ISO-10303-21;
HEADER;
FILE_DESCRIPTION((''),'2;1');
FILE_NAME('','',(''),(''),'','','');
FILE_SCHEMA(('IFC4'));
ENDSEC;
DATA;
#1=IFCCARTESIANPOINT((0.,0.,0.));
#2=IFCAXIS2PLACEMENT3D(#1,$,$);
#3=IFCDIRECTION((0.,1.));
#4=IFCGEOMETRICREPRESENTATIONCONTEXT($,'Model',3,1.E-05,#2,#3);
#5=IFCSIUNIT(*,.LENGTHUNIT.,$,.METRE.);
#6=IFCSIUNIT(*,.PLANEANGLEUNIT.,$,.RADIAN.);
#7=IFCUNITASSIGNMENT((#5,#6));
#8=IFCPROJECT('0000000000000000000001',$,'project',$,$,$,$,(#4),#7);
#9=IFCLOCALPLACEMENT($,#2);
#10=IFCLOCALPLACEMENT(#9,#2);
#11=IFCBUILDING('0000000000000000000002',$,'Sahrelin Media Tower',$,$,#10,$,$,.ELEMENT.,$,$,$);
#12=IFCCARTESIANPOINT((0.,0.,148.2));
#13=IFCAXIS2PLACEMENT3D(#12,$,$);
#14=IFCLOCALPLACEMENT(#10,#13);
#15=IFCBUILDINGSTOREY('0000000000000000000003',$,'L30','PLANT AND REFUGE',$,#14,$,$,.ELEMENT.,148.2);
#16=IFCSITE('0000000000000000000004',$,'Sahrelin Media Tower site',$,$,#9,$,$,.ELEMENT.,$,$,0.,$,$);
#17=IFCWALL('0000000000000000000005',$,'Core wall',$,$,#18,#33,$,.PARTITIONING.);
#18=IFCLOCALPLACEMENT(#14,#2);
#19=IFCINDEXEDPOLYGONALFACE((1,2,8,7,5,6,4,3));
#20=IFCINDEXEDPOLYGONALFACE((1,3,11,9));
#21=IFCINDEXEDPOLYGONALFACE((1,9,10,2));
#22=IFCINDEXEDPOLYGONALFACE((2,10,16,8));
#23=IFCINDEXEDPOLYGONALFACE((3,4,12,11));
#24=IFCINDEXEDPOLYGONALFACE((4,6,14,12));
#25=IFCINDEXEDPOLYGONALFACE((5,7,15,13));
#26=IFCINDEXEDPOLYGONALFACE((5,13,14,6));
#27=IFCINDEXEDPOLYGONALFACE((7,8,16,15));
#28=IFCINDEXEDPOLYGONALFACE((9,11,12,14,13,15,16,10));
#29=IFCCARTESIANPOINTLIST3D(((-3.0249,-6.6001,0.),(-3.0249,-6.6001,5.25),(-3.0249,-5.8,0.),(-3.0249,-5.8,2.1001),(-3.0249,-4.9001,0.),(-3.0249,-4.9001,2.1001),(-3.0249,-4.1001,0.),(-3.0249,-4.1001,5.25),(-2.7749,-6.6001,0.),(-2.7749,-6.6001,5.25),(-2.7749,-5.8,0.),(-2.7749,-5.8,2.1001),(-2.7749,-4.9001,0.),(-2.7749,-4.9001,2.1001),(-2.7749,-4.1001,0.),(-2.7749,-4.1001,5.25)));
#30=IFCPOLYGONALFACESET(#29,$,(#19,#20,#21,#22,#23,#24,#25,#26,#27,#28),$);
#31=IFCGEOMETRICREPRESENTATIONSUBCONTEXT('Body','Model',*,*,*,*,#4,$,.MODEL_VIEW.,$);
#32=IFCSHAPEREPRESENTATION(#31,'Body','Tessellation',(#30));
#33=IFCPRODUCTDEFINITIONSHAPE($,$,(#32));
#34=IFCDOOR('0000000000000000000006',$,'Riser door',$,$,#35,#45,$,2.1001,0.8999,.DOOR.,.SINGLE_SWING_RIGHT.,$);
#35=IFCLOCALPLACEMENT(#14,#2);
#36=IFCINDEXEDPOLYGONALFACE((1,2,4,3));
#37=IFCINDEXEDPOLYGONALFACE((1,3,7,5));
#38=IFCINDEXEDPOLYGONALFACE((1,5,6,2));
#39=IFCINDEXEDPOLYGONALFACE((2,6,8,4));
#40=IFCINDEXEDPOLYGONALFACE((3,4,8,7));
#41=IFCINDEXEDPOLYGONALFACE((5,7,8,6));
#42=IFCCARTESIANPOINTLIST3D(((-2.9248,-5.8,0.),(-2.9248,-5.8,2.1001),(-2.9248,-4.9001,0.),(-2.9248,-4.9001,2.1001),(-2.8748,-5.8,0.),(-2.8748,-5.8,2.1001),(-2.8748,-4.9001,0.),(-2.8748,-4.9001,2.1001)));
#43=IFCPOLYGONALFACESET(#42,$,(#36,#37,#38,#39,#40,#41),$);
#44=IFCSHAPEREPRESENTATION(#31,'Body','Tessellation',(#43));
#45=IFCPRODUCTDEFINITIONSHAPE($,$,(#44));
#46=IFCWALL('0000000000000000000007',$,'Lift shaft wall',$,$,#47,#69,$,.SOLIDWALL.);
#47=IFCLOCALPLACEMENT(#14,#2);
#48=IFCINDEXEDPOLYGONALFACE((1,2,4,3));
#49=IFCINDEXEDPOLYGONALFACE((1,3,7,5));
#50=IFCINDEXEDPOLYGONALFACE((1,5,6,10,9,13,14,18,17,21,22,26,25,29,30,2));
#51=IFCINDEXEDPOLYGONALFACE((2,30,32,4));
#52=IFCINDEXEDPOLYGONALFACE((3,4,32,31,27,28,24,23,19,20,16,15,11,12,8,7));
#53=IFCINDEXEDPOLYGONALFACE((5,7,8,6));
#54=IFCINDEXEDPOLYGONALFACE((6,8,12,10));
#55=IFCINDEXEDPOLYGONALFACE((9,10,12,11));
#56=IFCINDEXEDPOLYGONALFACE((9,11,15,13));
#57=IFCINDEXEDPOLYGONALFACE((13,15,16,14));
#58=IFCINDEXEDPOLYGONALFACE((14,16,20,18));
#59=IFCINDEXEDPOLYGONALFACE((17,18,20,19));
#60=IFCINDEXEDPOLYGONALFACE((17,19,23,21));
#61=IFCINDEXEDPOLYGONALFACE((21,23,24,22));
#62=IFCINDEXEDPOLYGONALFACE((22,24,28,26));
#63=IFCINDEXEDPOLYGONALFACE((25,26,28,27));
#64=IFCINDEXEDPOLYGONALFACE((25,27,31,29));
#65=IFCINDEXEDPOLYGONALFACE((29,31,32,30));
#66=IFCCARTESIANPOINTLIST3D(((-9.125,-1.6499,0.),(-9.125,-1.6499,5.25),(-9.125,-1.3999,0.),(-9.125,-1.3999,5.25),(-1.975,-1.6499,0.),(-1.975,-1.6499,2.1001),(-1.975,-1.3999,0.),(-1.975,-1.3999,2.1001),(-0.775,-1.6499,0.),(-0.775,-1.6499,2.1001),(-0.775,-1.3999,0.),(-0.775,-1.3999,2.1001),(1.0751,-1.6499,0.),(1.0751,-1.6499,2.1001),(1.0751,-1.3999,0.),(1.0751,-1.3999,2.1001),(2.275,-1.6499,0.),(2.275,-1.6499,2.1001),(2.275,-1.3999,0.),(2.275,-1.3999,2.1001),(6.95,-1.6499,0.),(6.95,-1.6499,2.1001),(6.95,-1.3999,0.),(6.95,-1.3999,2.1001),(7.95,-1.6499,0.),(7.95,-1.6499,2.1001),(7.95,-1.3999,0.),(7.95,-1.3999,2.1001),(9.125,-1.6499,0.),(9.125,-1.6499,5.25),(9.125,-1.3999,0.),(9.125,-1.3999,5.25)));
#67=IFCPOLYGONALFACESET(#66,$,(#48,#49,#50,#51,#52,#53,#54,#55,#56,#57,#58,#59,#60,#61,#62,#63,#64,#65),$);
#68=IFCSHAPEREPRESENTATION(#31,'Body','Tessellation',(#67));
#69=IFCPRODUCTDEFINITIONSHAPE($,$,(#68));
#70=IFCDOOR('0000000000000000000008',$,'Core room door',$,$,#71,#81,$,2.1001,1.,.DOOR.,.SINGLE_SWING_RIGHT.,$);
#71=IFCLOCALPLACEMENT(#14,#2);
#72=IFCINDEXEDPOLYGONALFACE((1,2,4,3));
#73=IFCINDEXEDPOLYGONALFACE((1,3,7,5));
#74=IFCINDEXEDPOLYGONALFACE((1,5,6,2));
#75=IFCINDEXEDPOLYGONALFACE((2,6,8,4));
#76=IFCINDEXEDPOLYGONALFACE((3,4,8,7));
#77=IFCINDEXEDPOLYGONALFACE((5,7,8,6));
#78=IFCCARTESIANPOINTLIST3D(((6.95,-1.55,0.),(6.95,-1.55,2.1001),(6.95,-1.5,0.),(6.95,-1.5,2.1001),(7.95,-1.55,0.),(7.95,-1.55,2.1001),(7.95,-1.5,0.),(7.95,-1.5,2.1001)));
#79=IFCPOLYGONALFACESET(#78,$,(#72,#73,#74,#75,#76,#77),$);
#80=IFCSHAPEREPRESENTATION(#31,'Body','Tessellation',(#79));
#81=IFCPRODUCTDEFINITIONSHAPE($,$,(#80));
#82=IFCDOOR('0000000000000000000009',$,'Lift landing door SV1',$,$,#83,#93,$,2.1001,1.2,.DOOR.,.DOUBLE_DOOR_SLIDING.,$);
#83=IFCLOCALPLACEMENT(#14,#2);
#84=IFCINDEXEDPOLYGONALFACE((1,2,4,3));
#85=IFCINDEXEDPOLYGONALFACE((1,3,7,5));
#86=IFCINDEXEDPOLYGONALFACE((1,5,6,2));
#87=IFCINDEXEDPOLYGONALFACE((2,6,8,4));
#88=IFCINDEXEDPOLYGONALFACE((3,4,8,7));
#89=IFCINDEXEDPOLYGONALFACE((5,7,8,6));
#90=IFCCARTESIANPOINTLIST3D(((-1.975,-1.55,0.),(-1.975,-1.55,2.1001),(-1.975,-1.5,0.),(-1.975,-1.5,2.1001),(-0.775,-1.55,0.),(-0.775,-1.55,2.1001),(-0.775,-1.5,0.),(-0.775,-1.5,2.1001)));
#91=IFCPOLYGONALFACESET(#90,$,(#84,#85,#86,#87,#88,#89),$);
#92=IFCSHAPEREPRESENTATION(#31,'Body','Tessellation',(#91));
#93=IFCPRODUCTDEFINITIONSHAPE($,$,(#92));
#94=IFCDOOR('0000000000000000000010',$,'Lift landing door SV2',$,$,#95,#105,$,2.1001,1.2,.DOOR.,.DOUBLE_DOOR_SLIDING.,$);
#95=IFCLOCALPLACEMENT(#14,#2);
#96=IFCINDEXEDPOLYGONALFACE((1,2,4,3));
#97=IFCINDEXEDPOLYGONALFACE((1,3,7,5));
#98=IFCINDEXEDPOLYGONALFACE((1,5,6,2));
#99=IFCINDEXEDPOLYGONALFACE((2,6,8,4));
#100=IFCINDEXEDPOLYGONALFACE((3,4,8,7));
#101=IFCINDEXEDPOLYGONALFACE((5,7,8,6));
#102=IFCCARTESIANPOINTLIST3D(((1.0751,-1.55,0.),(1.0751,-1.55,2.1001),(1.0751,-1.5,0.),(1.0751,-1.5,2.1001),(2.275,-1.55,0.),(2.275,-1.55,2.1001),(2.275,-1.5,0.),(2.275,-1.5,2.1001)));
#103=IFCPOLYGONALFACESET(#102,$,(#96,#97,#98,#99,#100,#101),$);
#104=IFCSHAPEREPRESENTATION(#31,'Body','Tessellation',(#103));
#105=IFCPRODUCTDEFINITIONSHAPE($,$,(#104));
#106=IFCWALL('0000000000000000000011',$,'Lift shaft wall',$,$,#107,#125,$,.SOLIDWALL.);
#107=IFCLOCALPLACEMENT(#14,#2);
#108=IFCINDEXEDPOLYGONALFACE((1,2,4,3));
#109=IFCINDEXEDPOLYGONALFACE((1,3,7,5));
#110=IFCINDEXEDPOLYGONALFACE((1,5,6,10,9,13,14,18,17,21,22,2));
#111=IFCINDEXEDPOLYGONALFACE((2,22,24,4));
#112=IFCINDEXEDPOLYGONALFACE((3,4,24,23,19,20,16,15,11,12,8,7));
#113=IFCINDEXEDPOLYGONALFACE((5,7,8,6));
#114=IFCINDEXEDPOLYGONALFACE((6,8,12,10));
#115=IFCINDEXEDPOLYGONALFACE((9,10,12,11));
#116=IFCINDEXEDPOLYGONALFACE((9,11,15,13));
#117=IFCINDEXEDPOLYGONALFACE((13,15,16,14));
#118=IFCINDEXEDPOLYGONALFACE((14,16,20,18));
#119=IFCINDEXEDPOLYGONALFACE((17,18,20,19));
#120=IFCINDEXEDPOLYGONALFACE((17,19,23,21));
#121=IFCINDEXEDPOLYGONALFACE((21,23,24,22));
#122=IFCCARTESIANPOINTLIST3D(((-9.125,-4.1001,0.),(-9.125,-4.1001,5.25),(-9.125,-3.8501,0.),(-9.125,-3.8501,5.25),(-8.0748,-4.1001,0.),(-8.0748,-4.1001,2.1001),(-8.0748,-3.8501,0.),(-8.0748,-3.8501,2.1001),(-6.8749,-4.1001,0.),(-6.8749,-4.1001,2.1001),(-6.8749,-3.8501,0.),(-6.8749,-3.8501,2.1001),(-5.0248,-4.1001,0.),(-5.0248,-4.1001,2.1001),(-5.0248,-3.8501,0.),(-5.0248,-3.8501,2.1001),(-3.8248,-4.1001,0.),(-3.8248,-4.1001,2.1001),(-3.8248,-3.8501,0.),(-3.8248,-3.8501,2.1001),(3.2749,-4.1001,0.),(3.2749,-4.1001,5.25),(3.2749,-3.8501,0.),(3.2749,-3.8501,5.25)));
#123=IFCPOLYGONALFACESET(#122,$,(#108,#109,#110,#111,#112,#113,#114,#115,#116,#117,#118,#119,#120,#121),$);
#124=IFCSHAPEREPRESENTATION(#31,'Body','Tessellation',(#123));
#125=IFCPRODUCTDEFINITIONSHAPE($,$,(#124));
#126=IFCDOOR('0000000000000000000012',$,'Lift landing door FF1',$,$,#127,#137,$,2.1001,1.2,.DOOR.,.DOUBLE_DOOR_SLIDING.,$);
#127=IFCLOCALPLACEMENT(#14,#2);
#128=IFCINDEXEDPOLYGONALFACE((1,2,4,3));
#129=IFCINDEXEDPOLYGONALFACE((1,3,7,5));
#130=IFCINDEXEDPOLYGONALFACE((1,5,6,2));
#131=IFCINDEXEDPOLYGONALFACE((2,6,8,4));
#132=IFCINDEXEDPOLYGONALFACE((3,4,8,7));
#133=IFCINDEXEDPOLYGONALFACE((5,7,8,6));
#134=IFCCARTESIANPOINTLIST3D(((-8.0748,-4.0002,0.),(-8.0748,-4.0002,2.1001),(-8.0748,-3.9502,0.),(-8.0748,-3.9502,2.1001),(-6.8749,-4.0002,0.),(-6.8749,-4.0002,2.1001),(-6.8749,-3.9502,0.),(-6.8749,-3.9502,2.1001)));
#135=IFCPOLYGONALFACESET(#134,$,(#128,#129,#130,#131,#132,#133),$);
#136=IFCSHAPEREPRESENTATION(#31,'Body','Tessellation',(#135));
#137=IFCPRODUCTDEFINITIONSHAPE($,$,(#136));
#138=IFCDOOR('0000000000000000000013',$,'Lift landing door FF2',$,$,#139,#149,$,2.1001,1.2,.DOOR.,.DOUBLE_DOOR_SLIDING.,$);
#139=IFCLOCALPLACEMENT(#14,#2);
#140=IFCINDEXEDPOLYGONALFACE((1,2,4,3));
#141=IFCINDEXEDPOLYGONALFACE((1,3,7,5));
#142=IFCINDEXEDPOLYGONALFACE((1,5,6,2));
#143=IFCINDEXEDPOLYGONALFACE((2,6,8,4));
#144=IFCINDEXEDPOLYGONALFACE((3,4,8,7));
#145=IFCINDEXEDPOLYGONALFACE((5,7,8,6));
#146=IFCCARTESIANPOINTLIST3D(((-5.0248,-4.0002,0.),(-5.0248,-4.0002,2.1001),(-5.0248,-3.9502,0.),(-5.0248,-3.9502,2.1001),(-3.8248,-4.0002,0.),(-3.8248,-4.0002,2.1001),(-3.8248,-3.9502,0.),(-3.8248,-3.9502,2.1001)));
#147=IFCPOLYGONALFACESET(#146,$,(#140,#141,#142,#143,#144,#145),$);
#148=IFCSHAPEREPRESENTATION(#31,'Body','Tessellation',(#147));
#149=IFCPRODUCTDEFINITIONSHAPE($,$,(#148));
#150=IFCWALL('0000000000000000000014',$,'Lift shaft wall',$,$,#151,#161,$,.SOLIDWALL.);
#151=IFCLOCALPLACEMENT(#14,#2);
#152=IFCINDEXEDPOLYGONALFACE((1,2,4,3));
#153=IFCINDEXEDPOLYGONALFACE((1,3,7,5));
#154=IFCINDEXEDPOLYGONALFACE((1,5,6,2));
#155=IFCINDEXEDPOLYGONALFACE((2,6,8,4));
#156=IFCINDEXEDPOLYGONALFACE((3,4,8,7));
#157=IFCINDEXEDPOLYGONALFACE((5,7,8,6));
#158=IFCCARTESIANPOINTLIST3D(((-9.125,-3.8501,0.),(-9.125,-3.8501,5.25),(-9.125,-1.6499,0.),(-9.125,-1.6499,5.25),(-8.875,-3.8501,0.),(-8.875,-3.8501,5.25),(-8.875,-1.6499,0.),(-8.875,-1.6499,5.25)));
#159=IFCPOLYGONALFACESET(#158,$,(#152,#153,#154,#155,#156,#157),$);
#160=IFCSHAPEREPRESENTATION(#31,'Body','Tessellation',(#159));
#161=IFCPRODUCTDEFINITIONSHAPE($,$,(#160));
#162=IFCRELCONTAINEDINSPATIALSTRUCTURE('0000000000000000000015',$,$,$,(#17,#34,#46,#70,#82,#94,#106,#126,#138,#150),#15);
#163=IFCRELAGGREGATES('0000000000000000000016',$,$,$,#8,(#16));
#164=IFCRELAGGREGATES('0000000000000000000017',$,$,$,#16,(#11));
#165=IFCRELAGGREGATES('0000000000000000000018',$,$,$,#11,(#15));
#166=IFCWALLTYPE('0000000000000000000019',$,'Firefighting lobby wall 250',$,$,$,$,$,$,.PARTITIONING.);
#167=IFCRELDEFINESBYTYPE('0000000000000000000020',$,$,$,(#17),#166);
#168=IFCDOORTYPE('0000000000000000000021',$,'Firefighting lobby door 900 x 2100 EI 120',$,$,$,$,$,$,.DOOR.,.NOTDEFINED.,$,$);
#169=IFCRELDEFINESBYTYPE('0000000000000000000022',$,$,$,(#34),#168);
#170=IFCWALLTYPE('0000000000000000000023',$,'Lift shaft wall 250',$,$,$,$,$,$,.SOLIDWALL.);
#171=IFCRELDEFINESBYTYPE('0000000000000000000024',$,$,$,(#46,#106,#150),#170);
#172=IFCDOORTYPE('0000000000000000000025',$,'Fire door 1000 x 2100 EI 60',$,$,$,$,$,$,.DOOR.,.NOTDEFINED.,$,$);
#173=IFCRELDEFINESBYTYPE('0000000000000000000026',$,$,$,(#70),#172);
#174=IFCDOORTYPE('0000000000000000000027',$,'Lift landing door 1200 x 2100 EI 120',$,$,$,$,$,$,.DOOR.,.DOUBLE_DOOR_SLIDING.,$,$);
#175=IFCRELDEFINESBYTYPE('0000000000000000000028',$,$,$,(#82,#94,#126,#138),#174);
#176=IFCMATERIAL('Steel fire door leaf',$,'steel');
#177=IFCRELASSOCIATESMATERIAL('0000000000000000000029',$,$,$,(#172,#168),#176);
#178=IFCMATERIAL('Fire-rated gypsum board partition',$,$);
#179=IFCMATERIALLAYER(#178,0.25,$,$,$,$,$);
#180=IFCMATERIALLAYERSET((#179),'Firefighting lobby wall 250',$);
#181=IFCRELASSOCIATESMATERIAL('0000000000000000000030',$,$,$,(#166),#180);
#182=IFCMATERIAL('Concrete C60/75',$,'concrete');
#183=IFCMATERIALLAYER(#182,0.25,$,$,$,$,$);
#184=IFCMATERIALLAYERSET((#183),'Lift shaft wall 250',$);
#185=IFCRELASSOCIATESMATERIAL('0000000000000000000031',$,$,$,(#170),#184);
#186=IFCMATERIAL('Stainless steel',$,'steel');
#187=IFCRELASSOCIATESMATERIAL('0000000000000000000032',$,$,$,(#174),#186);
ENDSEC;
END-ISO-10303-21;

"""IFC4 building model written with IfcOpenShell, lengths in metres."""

from ifc_helpers import new_model, si_unit, direction, frame, frame_2d, origin, place, context, subcontext, project, spatial, rectangle, extrude, material, layer, layer_set, type_object, element, fill, save


model = new_model("IFC4")

# Units and contexts
model_context = context("Model", 3, precision=1e-05, world=origin(), true_north=direction((0.0, 1.0)))
body_context = subcontext(model_context, "Body", "Model", "MODEL_VIEW")
ifc_project = project(units=[si_unit("LENGTHUNIT", "METRE"), si_unit("PLANEANGLEUNIT", "RADIAN")], contexts=[model_context])

# Site, building, storey
site_placement = place(None, origin())
site = spatial("IfcSite", under=ifc_project, at=site_placement, Name="Sahrelin Media Tower site", CompositionType="ELEMENT", RefElevation=0.0)
building_placement = place(site_placement, origin())
building = spatial("IfcBuilding", under=site, at=building_placement, Name="Sahrelin Media Tower", CompositionType="ELEMENT")
storey_placement = place(building_placement, frame((0.0, 0.0, 148.2)))
storey = spatial("IfcBuildingStorey", under=building, at=storey_placement, Name="L30", Description="PLANT AND REFUGE", CompositionType="ELEMENT", Elevation=148.2)

# Shared definitions
ifc_material_1 = material(Name="Concrete C60/75", Category="concrete")

# Wall, opening, door
ifc_material_2 = material(Name="Fire-rated gypsum board partition")
ifc_material_3 = material(Name="Steel fire door leaf", Category="steel")
door_type_1 = type_object("IfcDoorType", Name="Fire door 1000 x 2100 EI 60", OperationType="NOTDEFINED", PredefinedType="DOOR", material=ifc_material_3)
ifc_layer_1 = layer(ifc_material_2, 0.25)
ifc_layer_set_1 = layer_set([ifc_layer_1], Name="Firefighting lobby wall 250")
wall_type_1 = type_object("IfcWallType", Name="Firefighting lobby wall 250", PredefinedType="PARTITIONING", material=ifc_layer_set_1)
wall_1_placement = place(storey_placement, frame((-2.8999, -6.6001, 0.0), z_axis=(0.0, 0.0, 1.0), x_axis=(0.0, 1.0, 0.0)))
wall_1 = element("IfcWall", 1, at=wall_1_placement, inside=storey, type_object=wall_type_1, Name="Core wall", PredefinedType="PARTITIONING", context=body_context, shape_type="SweptSolid", body=[
    extrude(rectangle(XDim=2.5, YDim=0.25, at=frame_2d((1.25, 0.0))), origin(), (0.0, 0.0, 1.0), 5.25),
])
opening_1_placement = place(wall_1_placement, frame((0.8, 0.0, 0.0)))
opening_1 = element("IfcOpeningElement", 2, at=opening_1_placement, cuts=wall_1, PredefinedType="OPENING", context=body_context, shape_type="SweptSolid", body=[
    extrude(rectangle(XDim=0.8999, YDim=2.1001, at=frame_2d((0.45, 1.05))), frame((0.0, 0.125, 0.0), z_axis=(0.0, -1.0, 0.0), x_axis=(1.0, 0.0, 0.0)), (0.0, 0.0, 1.0), 0.25),
])
door_type_2 = type_object("IfcDoorType", Name="Firefighting lobby door 900 x 2100 EI 120", OperationType="NOTDEFINED", PredefinedType="DOOR", material=ifc_material_3)
door_1_placement = place(opening_1_placement, origin())
door_1 = element("IfcDoor", 3, at=door_1_placement, inside=storey, type_object=door_type_2, Name="Riser door", OperationType="SINGLE_SWING_RIGHT", OverallHeight=2.1001, OverallWidth=0.8999, PredefinedType="DOOR", context=body_context, shape_type="SweptSolid", body=[
    extrude(rectangle(XDim=0.8999, YDim=2.1001, at=frame_2d((0.45, 1.05))), frame((0.0, 0.0249, 0.0), z_axis=(0.0, -1.0, 0.0), x_axis=(1.0, 0.0, 0.0)), (0.0, 0.0, 1.0), 0.05),
])
fill(opening_1, door_1)

# Walls, openings, doors
ifc_layer_2 = layer(ifc_material_1, 0.25)
ifc_layer_set_2 = layer_set([ifc_layer_2], Name="Lift shaft wall 250")
wall_type_2 = type_object("IfcWallType", Name="Lift shaft wall 250", PredefinedType="SOLIDWALL", material=ifc_layer_set_2)
wall_2_placement = place(storey_placement, frame((-9.125, -1.5249, 0.0), z_axis=(0.0, 0.0, 1.0), x_axis=(1.0, 0.0, 0.0)))
wall_2 = element("IfcWall", 4, at=wall_2_placement, inside=storey, type_object=wall_type_2, Name="Lift shaft wall", PredefinedType="SOLIDWALL", context=body_context, shape_type="SweptSolid", body=[
    extrude(rectangle(XDim=18.25, YDim=0.25, at=frame_2d((9.125, 0.0))), origin(), (0.0, 0.0, 1.0), 5.25),
])
opening_2_placement = place(wall_2_placement, frame((7.1499, 0.0, 0.0)))
opening_2 = element("IfcOpeningElement", 5, at=opening_2_placement, cuts=wall_2, PredefinedType="OPENING", context=body_context, shape_type="SweptSolid", body=[
    extrude(rectangle(XDim=1.2, YDim=2.1001, at=frame_2d((0.6001, 1.05))), frame((0.0, 0.125, 0.0), z_axis=(0.0, -1.0, 0.0), x_axis=(1.0, 0.0, 0.0)), (0.0, 0.0, 1.0), 0.25),
])
opening_3_placement = place(wall_2_placement, frame((10.2, 0.0, 0.0)))
opening_3 = element("IfcOpeningElement", 6, at=opening_3_placement, cuts=wall_2, PredefinedType="OPENING", context=body_context, shape_type="SweptSolid", body=[
    extrude(rectangle(XDim=1.2, YDim=2.1001, at=frame_2d((0.6001, 1.05))), frame((0.0, 0.125, 0.0), z_axis=(0.0, -1.0, 0.0), x_axis=(1.0, 0.0, 0.0)), (0.0, 0.0, 1.0), 0.25),
])
opening_4_placement = place(wall_2_placement, frame((16.075, 0.0, 0.0)))
opening_4 = element("IfcOpeningElement", 7, at=opening_4_placement, cuts=wall_2, PredefinedType="OPENING", context=body_context, shape_type="SweptSolid", body=[
    extrude(rectangle(XDim=1.0, YDim=2.1001, at=frame_2d((0.5, 1.05))), frame((0.0, 0.125, 0.0), z_axis=(0.0, -1.0, 0.0), x_axis=(1.0, 0.0, 0.0)), (0.0, 0.0, 1.0), 0.25),
])
door_2_placement = place(opening_4_placement, origin())
door_2 = element("IfcDoor", 8, at=door_2_placement, inside=storey, type_object=door_type_1, Name="Core room door", OperationType="SINGLE_SWING_RIGHT", OverallHeight=2.1001, OverallWidth=1.0, PredefinedType="DOOR", context=body_context, shape_type="SweptSolid", body=[
    extrude(rectangle(XDim=1.0, YDim=2.1001, at=frame_2d((0.5, 1.05))), frame((0.0, 0.0249, 0.0), z_axis=(0.0, -1.0, 0.0), x_axis=(1.0, 0.0, 0.0)), (0.0, 0.0, 1.0), 0.05),
])
fill(opening_4, door_2)
ifc_material_4 = material(Name="Stainless steel", Category="steel")
door_type_3 = type_object("IfcDoorType", Name="Lift landing door 1200 x 2100 EI 120", OperationType="DOUBLE_DOOR_SLIDING", PredefinedType="DOOR", material=ifc_material_4)
door_3_placement = place(opening_2_placement, origin())
door_3 = element("IfcDoor", 9, at=door_3_placement, inside=storey, type_object=door_type_3, Name="Lift landing door SV1", OperationType="DOUBLE_DOOR_SLIDING", OverallHeight=2.1001, OverallWidth=1.2, PredefinedType="DOOR", context=body_context, shape_type="SweptSolid", body=[
    extrude(rectangle(XDim=1.2, YDim=2.1001, at=frame_2d((0.6001, 1.05))), frame((0.0, 0.0249, 0.0), z_axis=(0.0, -1.0, 0.0), x_axis=(1.0, 0.0, 0.0)), (0.0, 0.0, 1.0), 0.05),
])
fill(opening_2, door_3)
door_4_placement = place(opening_3_placement, origin())
door_4 = element("IfcDoor", 10, at=door_4_placement, inside=storey, type_object=door_type_3, Name="Lift landing door SV2", OperationType="DOUBLE_DOOR_SLIDING", OverallHeight=2.1001, OverallWidth=1.2, PredefinedType="DOOR", context=body_context, shape_type="SweptSolid", body=[
    extrude(rectangle(XDim=1.2, YDim=2.1001, at=frame_2d((0.6001, 1.05))), frame((0.0, 0.0249, 0.0), z_axis=(0.0, -1.0, 0.0), x_axis=(1.0, 0.0, 0.0)), (0.0, 0.0, 1.0), 0.05),
])
fill(opening_3, door_4)
wall_3_placement = place(storey_placement, frame((-9.125, -3.9751, 0.0), z_axis=(0.0, 0.0, 1.0), x_axis=(1.0, 0.0, 0.0)))
wall_3 = element("IfcWall", 11, at=wall_3_placement, inside=storey, type_object=wall_type_2, Name="Lift shaft wall", PredefinedType="SOLIDWALL", context=body_context, shape_type="SweptSolid", body=[
    extrude(rectangle(XDim=12.3999, YDim=0.25, at=frame_2d((6.2, 0.0))), origin(), (0.0, 0.0, 1.0), 5.25),
])
opening_5_placement = place(wall_3_placement, frame((1.05, 0.0, 0.0)))
opening_5 = element("IfcOpeningElement", 12, at=opening_5_placement, cuts=wall_3, PredefinedType="OPENING", context=body_context, shape_type="SweptSolid", body=[
    extrude(rectangle(XDim=1.2, YDim=2.1001, at=frame_2d((0.6001, 1.05))), frame((0.0, 0.125, 0.0), z_axis=(0.0, -1.0, 0.0), x_axis=(1.0, 0.0, 0.0)), (0.0, 0.0, 1.0), 0.25),
])
opening_6_placement = place(wall_3_placement, frame((4.1001, 0.0, 0.0)))
opening_6 = element("IfcOpeningElement", 13, at=opening_6_placement, cuts=wall_3, PredefinedType="OPENING", context=body_context, shape_type="SweptSolid", body=[
    extrude(rectangle(XDim=1.2, YDim=2.1001, at=frame_2d((0.6001, 1.05))), frame((0.0, 0.125, 0.0), z_axis=(0.0, -1.0, 0.0), x_axis=(1.0, 0.0, 0.0)), (0.0, 0.0, 1.0), 0.25),
])
door_5_placement = place(opening_5_placement, origin())
door_5 = element("IfcDoor", 14, at=door_5_placement, inside=storey, type_object=door_type_3, Name="Lift landing door FF1", OperationType="DOUBLE_DOOR_SLIDING", OverallHeight=2.1001, OverallWidth=1.2, PredefinedType="DOOR", context=body_context, shape_type="SweptSolid", body=[
    extrude(rectangle(XDim=1.2, YDim=2.1001, at=frame_2d((0.6001, 1.05))), frame((0.0, 0.0249, 0.0), z_axis=(0.0, -1.0, 0.0), x_axis=(1.0, 0.0, 0.0)), (0.0, 0.0, 1.0), 0.05),
])
fill(opening_5, door_5)
door_6_placement = place(opening_6_placement, origin())
door_6 = element("IfcDoor", 15, at=door_6_placement, inside=storey, type_object=door_type_3, Name="Lift landing door FF2", OperationType="DOUBLE_DOOR_SLIDING", OverallHeight=2.1001, OverallWidth=1.2, PredefinedType="DOOR", context=body_context, shape_type="SweptSolid", body=[
    extrude(rectangle(XDim=1.2, YDim=2.1001, at=frame_2d((0.6001, 1.05))), frame((0.0, 0.0249, 0.0), z_axis=(0.0, -1.0, 0.0), x_axis=(1.0, 0.0, 0.0)), (0.0, 0.0, 1.0), 0.05),
])
fill(opening_6, door_6)

# Wall
for number, where, z_axis, x_axis, name in (
    (16, (-9.0, -3.8501, 0.0), (0.0, 0.0, 1.0), (0.0, 1.0, 0.0), "Lift shaft wall"),
):
    element("IfcWall", number, at=place(storey_placement, frame(where, z_axis=z_axis, x_axis=x_axis)), inside=storey, type_object=wall_type_2, Name=name, PredefinedType="SOLIDWALL", context=body_context, shape_type="SweptSolid", body=[
        extrude(rectangle(XDim=2.2002, YDim=0.25, at=frame_2d((1.1001, 0.0))), origin(), (0.0, 0.0, 1.0), 5.25),
    ])

save(model, "model.ifc")
